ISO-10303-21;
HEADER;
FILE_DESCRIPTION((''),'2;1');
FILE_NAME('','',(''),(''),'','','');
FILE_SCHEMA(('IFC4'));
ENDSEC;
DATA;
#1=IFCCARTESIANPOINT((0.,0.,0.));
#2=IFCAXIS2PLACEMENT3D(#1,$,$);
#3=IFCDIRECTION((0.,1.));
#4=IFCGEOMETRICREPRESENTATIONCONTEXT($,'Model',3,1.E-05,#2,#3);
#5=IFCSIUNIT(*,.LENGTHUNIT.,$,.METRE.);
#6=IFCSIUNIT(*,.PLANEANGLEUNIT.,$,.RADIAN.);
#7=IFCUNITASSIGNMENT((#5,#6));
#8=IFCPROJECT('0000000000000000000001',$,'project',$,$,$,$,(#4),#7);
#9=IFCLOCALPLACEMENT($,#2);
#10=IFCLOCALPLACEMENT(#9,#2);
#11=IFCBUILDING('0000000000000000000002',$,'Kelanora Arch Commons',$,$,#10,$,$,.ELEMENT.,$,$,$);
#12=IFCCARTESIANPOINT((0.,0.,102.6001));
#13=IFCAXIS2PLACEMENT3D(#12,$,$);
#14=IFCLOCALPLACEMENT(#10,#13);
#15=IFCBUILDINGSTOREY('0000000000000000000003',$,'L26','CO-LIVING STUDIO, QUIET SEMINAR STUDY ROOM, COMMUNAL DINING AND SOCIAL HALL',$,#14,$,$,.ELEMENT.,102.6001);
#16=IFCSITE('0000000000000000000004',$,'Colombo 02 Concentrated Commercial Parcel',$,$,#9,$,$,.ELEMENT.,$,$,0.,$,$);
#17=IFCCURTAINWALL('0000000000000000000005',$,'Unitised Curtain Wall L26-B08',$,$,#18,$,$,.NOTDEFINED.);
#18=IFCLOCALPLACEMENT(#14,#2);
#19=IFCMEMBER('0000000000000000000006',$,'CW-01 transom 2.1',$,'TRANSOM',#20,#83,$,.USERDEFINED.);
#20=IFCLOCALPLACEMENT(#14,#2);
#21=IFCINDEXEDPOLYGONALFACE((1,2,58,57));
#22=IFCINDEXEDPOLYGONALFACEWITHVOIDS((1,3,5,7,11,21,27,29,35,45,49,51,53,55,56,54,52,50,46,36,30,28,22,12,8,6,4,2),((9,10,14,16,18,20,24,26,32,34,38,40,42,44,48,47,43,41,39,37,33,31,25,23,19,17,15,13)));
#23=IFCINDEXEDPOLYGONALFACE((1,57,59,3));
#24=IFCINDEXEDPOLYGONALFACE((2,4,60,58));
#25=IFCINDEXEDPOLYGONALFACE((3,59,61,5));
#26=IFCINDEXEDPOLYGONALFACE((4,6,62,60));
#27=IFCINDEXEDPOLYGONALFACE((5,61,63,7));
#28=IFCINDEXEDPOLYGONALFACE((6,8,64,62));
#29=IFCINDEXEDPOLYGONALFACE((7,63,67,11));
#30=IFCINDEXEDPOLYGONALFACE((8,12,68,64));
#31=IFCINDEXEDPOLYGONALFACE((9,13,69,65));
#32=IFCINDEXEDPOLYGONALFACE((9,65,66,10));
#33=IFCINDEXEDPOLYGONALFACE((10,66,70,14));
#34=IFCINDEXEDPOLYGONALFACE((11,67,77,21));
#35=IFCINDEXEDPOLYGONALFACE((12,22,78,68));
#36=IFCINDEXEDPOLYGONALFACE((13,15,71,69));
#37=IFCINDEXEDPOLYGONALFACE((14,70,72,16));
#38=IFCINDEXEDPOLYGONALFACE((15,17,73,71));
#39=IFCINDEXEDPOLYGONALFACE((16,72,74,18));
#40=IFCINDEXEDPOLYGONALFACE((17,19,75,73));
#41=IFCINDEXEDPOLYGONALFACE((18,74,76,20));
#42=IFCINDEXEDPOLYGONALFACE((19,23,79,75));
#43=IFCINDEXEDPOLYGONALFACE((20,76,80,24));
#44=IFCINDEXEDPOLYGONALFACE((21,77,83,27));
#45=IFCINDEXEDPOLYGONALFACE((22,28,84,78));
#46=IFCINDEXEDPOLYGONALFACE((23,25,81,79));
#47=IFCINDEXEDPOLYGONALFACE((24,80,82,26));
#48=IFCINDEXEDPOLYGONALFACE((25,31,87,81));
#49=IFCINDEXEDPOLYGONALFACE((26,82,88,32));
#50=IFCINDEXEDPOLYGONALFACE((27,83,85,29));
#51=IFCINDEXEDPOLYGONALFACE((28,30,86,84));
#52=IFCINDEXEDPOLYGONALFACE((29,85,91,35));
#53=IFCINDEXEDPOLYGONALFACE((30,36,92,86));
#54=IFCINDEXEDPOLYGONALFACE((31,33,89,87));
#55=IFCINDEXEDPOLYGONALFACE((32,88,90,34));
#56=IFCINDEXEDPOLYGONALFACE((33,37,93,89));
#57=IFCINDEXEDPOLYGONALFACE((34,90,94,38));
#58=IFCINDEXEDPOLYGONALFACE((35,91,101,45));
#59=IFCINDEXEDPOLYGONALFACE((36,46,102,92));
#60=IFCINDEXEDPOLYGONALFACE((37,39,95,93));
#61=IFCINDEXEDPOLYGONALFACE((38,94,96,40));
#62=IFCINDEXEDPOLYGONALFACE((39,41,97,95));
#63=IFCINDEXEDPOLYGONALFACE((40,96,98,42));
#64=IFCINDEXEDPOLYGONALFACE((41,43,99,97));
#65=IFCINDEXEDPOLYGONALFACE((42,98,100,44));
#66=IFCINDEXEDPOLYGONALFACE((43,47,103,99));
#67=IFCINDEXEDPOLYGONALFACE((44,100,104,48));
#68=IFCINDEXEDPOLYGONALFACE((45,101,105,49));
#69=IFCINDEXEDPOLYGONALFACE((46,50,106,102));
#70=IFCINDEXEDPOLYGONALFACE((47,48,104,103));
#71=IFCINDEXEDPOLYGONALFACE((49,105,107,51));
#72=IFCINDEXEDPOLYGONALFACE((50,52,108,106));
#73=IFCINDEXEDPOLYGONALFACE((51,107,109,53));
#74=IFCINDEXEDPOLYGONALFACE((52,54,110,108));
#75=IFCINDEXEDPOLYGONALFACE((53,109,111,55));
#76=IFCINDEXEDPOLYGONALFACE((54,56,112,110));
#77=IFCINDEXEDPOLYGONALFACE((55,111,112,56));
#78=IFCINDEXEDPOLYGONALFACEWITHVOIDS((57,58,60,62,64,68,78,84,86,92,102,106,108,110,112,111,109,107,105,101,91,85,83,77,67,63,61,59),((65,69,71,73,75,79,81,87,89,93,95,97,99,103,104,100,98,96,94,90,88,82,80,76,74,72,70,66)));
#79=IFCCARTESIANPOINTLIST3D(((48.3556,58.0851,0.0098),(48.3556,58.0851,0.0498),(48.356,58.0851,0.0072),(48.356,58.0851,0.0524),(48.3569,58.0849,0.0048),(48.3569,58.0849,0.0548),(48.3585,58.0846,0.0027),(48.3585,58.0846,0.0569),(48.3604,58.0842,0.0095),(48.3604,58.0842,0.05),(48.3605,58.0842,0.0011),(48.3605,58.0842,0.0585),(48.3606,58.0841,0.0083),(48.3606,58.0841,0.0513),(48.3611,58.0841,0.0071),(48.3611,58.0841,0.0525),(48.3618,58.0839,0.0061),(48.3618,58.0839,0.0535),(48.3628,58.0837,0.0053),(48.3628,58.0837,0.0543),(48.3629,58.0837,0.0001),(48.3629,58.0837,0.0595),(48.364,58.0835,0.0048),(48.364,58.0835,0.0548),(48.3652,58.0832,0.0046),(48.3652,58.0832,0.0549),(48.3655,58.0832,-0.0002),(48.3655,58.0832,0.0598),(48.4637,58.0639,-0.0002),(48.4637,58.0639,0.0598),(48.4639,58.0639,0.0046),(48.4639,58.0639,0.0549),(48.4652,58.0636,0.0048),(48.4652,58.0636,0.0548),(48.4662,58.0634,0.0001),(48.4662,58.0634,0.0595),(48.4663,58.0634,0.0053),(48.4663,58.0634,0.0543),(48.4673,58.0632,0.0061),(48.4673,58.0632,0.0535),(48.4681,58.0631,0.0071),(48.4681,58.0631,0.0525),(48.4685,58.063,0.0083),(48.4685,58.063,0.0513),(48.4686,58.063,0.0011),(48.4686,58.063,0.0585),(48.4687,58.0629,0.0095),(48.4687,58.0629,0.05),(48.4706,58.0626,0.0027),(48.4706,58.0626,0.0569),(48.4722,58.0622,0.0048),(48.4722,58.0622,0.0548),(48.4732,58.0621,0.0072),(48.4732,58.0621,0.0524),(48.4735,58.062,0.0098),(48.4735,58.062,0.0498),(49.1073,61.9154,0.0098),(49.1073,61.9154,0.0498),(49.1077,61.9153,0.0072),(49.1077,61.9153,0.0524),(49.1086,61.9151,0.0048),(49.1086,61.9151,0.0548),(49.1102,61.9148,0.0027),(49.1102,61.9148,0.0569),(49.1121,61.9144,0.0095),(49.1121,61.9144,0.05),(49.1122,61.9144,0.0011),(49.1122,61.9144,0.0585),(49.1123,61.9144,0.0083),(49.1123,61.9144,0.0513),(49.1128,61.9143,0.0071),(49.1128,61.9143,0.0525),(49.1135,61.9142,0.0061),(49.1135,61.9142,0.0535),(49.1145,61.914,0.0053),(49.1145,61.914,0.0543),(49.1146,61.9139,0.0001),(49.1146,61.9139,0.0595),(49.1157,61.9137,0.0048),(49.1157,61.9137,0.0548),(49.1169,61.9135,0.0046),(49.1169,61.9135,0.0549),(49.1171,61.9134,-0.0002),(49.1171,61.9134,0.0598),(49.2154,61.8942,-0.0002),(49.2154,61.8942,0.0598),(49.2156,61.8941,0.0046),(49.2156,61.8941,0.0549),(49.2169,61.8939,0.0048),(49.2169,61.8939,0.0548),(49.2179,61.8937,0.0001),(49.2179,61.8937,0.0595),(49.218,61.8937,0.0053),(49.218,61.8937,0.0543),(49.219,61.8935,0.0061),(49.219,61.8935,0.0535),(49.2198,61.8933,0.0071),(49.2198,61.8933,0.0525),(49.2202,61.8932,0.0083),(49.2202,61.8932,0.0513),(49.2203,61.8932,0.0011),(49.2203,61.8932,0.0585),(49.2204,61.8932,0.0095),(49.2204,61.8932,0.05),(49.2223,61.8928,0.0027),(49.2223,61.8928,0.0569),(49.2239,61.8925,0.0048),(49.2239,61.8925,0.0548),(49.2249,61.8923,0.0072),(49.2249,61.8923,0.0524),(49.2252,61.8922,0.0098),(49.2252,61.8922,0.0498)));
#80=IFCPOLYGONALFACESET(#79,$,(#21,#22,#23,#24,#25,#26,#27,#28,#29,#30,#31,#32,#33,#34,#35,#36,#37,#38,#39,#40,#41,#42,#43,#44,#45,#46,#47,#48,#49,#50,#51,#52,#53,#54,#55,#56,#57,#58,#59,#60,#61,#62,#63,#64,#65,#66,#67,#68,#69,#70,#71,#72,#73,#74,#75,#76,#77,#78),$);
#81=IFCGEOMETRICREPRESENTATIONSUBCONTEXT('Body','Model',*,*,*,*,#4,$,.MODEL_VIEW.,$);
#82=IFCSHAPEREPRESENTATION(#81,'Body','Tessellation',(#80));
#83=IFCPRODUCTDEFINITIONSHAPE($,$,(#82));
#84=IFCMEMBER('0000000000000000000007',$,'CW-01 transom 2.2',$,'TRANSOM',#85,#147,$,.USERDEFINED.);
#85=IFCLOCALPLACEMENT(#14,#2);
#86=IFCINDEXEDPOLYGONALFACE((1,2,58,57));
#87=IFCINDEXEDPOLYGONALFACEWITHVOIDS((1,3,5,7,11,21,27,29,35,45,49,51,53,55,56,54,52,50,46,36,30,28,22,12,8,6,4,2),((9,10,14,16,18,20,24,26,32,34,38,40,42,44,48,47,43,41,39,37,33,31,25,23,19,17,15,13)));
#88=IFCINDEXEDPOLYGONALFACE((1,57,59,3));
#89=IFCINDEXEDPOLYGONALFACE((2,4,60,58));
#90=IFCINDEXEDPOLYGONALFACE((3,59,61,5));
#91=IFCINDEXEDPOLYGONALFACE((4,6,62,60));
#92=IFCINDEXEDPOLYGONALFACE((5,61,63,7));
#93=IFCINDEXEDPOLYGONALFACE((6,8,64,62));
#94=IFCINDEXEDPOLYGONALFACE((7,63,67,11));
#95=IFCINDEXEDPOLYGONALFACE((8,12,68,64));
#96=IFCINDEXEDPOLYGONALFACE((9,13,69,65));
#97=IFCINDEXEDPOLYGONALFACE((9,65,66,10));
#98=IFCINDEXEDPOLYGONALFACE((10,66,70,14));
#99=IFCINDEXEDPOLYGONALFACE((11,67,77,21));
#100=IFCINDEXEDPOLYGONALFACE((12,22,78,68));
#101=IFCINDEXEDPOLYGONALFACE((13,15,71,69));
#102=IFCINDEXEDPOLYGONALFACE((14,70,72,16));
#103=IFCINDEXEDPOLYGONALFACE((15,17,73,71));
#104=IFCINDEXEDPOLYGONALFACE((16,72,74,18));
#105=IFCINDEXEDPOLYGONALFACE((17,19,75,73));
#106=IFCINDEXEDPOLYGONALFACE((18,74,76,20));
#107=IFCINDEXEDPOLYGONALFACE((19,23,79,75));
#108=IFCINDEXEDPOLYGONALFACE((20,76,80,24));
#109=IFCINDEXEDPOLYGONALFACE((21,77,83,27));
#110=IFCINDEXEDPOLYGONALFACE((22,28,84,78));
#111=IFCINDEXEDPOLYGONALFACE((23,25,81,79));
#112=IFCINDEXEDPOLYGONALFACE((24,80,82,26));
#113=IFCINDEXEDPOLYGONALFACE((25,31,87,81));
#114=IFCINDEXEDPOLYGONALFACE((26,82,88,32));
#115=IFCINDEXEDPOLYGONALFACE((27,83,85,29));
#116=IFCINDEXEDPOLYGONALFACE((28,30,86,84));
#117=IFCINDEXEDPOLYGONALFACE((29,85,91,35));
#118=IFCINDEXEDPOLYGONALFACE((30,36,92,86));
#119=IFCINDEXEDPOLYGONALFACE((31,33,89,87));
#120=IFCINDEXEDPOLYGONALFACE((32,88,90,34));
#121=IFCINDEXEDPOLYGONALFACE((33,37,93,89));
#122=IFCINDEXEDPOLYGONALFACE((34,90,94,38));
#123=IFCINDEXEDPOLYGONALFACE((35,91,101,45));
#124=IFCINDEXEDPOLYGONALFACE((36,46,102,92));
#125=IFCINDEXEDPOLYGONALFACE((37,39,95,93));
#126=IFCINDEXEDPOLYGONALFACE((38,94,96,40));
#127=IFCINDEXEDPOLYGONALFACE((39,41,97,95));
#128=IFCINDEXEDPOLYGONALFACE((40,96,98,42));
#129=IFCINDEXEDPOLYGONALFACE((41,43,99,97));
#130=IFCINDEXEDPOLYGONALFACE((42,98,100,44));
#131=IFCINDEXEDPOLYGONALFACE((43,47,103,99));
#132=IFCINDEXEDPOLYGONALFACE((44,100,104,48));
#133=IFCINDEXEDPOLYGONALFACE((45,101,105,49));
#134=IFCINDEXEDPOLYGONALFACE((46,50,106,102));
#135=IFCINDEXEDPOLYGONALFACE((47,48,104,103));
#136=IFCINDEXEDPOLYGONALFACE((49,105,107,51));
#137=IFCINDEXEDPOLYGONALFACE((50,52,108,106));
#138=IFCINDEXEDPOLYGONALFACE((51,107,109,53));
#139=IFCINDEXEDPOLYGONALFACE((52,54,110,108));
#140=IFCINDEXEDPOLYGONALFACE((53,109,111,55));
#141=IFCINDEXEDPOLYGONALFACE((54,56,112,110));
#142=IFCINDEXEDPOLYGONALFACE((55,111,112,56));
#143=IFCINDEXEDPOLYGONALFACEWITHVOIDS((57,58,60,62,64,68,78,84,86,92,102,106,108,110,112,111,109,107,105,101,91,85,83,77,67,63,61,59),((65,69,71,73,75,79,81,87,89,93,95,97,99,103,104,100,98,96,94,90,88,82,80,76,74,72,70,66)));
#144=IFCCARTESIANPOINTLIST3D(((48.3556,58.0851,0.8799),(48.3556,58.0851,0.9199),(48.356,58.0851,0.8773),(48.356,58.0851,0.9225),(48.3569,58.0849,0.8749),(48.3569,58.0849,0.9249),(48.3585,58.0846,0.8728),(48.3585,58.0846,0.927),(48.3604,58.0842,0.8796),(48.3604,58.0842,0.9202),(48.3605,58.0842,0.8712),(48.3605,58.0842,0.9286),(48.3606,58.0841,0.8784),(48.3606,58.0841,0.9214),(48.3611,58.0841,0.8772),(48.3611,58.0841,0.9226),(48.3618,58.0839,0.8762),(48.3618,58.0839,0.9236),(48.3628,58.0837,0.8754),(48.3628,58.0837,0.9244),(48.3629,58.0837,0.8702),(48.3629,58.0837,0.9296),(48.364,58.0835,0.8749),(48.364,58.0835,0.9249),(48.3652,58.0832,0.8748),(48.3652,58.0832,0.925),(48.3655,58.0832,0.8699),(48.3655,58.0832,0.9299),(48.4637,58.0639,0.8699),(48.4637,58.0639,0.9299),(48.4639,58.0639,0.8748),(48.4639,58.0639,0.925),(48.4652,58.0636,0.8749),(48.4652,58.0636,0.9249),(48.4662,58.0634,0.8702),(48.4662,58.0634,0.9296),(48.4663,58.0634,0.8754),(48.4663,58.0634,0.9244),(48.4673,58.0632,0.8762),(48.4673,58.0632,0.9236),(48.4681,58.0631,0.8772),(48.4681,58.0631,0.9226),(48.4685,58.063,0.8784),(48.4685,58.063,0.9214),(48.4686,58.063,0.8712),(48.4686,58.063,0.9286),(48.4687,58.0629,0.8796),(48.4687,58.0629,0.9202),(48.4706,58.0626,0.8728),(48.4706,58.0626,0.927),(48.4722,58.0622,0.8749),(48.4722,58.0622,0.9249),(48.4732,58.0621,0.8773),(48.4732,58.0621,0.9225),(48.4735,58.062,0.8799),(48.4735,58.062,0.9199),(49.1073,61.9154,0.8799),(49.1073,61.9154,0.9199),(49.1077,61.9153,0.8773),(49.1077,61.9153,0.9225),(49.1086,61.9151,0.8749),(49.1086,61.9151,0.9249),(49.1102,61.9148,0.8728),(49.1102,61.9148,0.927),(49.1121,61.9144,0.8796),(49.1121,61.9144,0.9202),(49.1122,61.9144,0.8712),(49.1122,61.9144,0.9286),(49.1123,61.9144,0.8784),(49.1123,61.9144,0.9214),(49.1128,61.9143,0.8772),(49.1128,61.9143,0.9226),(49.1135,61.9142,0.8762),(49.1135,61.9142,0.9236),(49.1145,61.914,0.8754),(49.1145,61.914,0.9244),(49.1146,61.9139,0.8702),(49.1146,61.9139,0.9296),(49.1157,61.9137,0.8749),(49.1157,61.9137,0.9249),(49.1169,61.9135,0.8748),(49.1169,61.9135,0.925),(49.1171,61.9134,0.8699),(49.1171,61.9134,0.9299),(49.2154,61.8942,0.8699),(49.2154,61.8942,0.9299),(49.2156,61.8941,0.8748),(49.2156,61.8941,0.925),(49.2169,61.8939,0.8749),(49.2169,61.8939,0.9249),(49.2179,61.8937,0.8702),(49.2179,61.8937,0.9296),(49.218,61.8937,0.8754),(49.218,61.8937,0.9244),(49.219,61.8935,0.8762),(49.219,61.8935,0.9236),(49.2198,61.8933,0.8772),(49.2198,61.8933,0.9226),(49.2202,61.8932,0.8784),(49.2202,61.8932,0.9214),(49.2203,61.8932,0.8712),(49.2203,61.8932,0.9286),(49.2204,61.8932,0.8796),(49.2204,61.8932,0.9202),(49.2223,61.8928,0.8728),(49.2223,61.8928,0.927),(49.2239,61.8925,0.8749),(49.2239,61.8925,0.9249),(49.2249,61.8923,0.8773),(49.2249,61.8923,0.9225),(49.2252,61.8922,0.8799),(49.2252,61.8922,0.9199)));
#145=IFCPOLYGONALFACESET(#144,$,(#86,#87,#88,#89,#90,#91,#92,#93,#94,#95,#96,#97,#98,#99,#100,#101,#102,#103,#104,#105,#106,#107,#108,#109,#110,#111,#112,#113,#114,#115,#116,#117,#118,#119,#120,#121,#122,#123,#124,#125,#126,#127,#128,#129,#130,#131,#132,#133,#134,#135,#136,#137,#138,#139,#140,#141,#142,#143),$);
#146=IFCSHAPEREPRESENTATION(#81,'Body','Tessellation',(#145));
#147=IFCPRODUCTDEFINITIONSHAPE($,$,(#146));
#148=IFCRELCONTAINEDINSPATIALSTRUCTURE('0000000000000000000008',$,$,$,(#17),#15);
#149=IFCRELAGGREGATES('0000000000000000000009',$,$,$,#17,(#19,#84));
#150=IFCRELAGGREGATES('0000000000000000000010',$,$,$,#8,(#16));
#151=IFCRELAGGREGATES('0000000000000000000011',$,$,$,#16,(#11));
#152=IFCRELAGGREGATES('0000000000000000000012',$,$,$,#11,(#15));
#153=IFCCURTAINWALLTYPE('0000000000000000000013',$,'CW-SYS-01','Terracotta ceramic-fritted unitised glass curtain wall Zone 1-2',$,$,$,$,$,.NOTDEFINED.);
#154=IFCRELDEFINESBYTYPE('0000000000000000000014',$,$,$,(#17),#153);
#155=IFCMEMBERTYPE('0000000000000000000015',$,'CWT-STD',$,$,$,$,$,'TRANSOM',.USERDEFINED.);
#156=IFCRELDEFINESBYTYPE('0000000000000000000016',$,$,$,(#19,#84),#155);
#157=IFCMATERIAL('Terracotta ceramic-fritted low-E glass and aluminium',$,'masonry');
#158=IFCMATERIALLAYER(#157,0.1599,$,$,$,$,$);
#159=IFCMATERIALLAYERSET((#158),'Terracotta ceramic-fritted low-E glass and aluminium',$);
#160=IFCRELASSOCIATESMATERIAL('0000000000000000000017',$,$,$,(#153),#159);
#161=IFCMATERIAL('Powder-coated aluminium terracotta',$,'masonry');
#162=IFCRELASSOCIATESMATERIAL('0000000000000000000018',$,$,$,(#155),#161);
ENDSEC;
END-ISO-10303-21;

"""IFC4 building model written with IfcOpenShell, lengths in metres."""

from ifc_helpers import new_model, si_unit, direction, frame, origin, origin_2d, place, context, subcontext, project, spatial, hollow_rectangle, extrude, material, layer, layer_set, material_profile, profile_set, type_object, element, aggregate, save


model = new_model("IFC4")

# Units and contexts
model_context = context("Model", 3, precision=1e-05, world=origin(), true_north=direction((0.0, 1.0)))
body_context = subcontext(model_context, "Body", "Model", "MODEL_VIEW")
ifc_project = project(units=[si_unit("LENGTHUNIT", "METRE"), si_unit("PLANEANGLEUNIT", "RADIAN")], contexts=[model_context])

# Site, building, storey
site_placement = place(None, origin())
site = spatial("IfcSite", under=ifc_project, at=site_placement, Name="Colombo 02 Concentrated Commercial Parcel", CompositionType="ELEMENT", RefElevation=0.0)
building_placement = place(site_placement, origin())
building = spatial("IfcBuilding", under=site, at=building_placement, Name="Kelanora Arch Commons", CompositionType="ELEMENT")
storey_placement = place(building_placement, frame((0.0, 0.0, 102.6001)))
storey = spatial("IfcBuildingStorey", under=building, at=storey_placement, Name="L26", Description="CO-LIVING STUDIO, QUIET SEMINAR STUDY ROOM, COMMUNAL DINING AND SOCIAL HALL", CompositionType="ELEMENT", Elevation=102.6001)

# Curtain wall, members
ifc_material_1 = material(Name="Terracotta ceramic-fritted low-E glass and aluminium", Category="masonry")
ifc_layer_1 = layer(ifc_material_1, 0.1599)
ifc_layer_set_1 = layer_set([ifc_layer_1], Name="Terracotta ceramic-fritted low-E glass and aluminium")
curtain_wall_type = type_object("IfcCurtainWallType", Name="CW-SYS-01", Description="Terracotta ceramic-fritted unitised glass curtain wall Zone 1-2", PredefinedType="NOTDEFINED", material=ifc_layer_set_1)
curtain_wall_placement = place(storey_placement, origin())
curtain_wall = element("IfcCurtainWall", 1, at=curtain_wall_placement, inside=storey, type_object=curtain_wall_type, Name="Unitised Curtain Wall L26-B08", PredefinedType="NOTDEFINED")
ifc_material_2 = material(Name="Powder-coated aluminium terracotta", Category="masonry")
ifc_material_profile_1 = material_profile(ifc_material_2, hollow_rectangle(XDim=0.1201, YDim=0.0601, WallThickness=0.0049, InnerFilletRadius=0.0049, OuterFilletRadius=0.01, at=origin_2d()), Name="CWT120x60")
ifc_profile_set_1 = profile_set([ifc_material_profile_1], Name="Powder-coated aluminium terracotta")
member_type_1 = type_object("IfcMemberType", Name="CWT-STD", ElementType="TRANSOM", PredefinedType="USERDEFINED", material=ifc_profile_set_1)
member_1_placement = place(storey_placement, frame((49.1663, 61.9038, 0.0298), z_axis=(-0.192579, -0.981282, 0.0), x_axis=(0.981282, -0.192579, 0.0)))
member_1 = element("IfcMember", 2, at=member_1_placement, type_object=member_type_1, Name="CW-01 transom 2.1", ObjectType="TRANSOM", PredefinedType="USERDEFINED", context=body_context, shape_type="SweptSolid", body=[
    extrude(hollow_rectangle(XDim=0.1201, YDim=0.0601, WallThickness=0.0049, InnerFilletRadius=0.0049, OuterFilletRadius=0.01, at=origin_2d()), origin(), (0.0, 0.0, 1.0), 3.9033),
])
member_2_placement = place(storey_placement, frame((49.1663, 61.9038, 0.8999), z_axis=(-0.192579, -0.981282, 0.0), x_axis=(0.981282, -0.192579, 0.0)))
member_2 = element("IfcMember", 3, at=member_2_placement, type_object=member_type_1, Name="CW-01 transom 2.2", ObjectType="TRANSOM", PredefinedType="USERDEFINED", context=body_context, shape_type="SweptSolid", body=[
    extrude(hollow_rectangle(XDim=0.1201, YDim=0.0601, WallThickness=0.0049, InnerFilletRadius=0.0049, OuterFilletRadius=0.01, at=origin_2d()), origin(), (0.0, 0.0, 1.0), 3.9033),
])
aggregate(curtain_wall, [member_1, member_2])

save(model, "model.ifc")
